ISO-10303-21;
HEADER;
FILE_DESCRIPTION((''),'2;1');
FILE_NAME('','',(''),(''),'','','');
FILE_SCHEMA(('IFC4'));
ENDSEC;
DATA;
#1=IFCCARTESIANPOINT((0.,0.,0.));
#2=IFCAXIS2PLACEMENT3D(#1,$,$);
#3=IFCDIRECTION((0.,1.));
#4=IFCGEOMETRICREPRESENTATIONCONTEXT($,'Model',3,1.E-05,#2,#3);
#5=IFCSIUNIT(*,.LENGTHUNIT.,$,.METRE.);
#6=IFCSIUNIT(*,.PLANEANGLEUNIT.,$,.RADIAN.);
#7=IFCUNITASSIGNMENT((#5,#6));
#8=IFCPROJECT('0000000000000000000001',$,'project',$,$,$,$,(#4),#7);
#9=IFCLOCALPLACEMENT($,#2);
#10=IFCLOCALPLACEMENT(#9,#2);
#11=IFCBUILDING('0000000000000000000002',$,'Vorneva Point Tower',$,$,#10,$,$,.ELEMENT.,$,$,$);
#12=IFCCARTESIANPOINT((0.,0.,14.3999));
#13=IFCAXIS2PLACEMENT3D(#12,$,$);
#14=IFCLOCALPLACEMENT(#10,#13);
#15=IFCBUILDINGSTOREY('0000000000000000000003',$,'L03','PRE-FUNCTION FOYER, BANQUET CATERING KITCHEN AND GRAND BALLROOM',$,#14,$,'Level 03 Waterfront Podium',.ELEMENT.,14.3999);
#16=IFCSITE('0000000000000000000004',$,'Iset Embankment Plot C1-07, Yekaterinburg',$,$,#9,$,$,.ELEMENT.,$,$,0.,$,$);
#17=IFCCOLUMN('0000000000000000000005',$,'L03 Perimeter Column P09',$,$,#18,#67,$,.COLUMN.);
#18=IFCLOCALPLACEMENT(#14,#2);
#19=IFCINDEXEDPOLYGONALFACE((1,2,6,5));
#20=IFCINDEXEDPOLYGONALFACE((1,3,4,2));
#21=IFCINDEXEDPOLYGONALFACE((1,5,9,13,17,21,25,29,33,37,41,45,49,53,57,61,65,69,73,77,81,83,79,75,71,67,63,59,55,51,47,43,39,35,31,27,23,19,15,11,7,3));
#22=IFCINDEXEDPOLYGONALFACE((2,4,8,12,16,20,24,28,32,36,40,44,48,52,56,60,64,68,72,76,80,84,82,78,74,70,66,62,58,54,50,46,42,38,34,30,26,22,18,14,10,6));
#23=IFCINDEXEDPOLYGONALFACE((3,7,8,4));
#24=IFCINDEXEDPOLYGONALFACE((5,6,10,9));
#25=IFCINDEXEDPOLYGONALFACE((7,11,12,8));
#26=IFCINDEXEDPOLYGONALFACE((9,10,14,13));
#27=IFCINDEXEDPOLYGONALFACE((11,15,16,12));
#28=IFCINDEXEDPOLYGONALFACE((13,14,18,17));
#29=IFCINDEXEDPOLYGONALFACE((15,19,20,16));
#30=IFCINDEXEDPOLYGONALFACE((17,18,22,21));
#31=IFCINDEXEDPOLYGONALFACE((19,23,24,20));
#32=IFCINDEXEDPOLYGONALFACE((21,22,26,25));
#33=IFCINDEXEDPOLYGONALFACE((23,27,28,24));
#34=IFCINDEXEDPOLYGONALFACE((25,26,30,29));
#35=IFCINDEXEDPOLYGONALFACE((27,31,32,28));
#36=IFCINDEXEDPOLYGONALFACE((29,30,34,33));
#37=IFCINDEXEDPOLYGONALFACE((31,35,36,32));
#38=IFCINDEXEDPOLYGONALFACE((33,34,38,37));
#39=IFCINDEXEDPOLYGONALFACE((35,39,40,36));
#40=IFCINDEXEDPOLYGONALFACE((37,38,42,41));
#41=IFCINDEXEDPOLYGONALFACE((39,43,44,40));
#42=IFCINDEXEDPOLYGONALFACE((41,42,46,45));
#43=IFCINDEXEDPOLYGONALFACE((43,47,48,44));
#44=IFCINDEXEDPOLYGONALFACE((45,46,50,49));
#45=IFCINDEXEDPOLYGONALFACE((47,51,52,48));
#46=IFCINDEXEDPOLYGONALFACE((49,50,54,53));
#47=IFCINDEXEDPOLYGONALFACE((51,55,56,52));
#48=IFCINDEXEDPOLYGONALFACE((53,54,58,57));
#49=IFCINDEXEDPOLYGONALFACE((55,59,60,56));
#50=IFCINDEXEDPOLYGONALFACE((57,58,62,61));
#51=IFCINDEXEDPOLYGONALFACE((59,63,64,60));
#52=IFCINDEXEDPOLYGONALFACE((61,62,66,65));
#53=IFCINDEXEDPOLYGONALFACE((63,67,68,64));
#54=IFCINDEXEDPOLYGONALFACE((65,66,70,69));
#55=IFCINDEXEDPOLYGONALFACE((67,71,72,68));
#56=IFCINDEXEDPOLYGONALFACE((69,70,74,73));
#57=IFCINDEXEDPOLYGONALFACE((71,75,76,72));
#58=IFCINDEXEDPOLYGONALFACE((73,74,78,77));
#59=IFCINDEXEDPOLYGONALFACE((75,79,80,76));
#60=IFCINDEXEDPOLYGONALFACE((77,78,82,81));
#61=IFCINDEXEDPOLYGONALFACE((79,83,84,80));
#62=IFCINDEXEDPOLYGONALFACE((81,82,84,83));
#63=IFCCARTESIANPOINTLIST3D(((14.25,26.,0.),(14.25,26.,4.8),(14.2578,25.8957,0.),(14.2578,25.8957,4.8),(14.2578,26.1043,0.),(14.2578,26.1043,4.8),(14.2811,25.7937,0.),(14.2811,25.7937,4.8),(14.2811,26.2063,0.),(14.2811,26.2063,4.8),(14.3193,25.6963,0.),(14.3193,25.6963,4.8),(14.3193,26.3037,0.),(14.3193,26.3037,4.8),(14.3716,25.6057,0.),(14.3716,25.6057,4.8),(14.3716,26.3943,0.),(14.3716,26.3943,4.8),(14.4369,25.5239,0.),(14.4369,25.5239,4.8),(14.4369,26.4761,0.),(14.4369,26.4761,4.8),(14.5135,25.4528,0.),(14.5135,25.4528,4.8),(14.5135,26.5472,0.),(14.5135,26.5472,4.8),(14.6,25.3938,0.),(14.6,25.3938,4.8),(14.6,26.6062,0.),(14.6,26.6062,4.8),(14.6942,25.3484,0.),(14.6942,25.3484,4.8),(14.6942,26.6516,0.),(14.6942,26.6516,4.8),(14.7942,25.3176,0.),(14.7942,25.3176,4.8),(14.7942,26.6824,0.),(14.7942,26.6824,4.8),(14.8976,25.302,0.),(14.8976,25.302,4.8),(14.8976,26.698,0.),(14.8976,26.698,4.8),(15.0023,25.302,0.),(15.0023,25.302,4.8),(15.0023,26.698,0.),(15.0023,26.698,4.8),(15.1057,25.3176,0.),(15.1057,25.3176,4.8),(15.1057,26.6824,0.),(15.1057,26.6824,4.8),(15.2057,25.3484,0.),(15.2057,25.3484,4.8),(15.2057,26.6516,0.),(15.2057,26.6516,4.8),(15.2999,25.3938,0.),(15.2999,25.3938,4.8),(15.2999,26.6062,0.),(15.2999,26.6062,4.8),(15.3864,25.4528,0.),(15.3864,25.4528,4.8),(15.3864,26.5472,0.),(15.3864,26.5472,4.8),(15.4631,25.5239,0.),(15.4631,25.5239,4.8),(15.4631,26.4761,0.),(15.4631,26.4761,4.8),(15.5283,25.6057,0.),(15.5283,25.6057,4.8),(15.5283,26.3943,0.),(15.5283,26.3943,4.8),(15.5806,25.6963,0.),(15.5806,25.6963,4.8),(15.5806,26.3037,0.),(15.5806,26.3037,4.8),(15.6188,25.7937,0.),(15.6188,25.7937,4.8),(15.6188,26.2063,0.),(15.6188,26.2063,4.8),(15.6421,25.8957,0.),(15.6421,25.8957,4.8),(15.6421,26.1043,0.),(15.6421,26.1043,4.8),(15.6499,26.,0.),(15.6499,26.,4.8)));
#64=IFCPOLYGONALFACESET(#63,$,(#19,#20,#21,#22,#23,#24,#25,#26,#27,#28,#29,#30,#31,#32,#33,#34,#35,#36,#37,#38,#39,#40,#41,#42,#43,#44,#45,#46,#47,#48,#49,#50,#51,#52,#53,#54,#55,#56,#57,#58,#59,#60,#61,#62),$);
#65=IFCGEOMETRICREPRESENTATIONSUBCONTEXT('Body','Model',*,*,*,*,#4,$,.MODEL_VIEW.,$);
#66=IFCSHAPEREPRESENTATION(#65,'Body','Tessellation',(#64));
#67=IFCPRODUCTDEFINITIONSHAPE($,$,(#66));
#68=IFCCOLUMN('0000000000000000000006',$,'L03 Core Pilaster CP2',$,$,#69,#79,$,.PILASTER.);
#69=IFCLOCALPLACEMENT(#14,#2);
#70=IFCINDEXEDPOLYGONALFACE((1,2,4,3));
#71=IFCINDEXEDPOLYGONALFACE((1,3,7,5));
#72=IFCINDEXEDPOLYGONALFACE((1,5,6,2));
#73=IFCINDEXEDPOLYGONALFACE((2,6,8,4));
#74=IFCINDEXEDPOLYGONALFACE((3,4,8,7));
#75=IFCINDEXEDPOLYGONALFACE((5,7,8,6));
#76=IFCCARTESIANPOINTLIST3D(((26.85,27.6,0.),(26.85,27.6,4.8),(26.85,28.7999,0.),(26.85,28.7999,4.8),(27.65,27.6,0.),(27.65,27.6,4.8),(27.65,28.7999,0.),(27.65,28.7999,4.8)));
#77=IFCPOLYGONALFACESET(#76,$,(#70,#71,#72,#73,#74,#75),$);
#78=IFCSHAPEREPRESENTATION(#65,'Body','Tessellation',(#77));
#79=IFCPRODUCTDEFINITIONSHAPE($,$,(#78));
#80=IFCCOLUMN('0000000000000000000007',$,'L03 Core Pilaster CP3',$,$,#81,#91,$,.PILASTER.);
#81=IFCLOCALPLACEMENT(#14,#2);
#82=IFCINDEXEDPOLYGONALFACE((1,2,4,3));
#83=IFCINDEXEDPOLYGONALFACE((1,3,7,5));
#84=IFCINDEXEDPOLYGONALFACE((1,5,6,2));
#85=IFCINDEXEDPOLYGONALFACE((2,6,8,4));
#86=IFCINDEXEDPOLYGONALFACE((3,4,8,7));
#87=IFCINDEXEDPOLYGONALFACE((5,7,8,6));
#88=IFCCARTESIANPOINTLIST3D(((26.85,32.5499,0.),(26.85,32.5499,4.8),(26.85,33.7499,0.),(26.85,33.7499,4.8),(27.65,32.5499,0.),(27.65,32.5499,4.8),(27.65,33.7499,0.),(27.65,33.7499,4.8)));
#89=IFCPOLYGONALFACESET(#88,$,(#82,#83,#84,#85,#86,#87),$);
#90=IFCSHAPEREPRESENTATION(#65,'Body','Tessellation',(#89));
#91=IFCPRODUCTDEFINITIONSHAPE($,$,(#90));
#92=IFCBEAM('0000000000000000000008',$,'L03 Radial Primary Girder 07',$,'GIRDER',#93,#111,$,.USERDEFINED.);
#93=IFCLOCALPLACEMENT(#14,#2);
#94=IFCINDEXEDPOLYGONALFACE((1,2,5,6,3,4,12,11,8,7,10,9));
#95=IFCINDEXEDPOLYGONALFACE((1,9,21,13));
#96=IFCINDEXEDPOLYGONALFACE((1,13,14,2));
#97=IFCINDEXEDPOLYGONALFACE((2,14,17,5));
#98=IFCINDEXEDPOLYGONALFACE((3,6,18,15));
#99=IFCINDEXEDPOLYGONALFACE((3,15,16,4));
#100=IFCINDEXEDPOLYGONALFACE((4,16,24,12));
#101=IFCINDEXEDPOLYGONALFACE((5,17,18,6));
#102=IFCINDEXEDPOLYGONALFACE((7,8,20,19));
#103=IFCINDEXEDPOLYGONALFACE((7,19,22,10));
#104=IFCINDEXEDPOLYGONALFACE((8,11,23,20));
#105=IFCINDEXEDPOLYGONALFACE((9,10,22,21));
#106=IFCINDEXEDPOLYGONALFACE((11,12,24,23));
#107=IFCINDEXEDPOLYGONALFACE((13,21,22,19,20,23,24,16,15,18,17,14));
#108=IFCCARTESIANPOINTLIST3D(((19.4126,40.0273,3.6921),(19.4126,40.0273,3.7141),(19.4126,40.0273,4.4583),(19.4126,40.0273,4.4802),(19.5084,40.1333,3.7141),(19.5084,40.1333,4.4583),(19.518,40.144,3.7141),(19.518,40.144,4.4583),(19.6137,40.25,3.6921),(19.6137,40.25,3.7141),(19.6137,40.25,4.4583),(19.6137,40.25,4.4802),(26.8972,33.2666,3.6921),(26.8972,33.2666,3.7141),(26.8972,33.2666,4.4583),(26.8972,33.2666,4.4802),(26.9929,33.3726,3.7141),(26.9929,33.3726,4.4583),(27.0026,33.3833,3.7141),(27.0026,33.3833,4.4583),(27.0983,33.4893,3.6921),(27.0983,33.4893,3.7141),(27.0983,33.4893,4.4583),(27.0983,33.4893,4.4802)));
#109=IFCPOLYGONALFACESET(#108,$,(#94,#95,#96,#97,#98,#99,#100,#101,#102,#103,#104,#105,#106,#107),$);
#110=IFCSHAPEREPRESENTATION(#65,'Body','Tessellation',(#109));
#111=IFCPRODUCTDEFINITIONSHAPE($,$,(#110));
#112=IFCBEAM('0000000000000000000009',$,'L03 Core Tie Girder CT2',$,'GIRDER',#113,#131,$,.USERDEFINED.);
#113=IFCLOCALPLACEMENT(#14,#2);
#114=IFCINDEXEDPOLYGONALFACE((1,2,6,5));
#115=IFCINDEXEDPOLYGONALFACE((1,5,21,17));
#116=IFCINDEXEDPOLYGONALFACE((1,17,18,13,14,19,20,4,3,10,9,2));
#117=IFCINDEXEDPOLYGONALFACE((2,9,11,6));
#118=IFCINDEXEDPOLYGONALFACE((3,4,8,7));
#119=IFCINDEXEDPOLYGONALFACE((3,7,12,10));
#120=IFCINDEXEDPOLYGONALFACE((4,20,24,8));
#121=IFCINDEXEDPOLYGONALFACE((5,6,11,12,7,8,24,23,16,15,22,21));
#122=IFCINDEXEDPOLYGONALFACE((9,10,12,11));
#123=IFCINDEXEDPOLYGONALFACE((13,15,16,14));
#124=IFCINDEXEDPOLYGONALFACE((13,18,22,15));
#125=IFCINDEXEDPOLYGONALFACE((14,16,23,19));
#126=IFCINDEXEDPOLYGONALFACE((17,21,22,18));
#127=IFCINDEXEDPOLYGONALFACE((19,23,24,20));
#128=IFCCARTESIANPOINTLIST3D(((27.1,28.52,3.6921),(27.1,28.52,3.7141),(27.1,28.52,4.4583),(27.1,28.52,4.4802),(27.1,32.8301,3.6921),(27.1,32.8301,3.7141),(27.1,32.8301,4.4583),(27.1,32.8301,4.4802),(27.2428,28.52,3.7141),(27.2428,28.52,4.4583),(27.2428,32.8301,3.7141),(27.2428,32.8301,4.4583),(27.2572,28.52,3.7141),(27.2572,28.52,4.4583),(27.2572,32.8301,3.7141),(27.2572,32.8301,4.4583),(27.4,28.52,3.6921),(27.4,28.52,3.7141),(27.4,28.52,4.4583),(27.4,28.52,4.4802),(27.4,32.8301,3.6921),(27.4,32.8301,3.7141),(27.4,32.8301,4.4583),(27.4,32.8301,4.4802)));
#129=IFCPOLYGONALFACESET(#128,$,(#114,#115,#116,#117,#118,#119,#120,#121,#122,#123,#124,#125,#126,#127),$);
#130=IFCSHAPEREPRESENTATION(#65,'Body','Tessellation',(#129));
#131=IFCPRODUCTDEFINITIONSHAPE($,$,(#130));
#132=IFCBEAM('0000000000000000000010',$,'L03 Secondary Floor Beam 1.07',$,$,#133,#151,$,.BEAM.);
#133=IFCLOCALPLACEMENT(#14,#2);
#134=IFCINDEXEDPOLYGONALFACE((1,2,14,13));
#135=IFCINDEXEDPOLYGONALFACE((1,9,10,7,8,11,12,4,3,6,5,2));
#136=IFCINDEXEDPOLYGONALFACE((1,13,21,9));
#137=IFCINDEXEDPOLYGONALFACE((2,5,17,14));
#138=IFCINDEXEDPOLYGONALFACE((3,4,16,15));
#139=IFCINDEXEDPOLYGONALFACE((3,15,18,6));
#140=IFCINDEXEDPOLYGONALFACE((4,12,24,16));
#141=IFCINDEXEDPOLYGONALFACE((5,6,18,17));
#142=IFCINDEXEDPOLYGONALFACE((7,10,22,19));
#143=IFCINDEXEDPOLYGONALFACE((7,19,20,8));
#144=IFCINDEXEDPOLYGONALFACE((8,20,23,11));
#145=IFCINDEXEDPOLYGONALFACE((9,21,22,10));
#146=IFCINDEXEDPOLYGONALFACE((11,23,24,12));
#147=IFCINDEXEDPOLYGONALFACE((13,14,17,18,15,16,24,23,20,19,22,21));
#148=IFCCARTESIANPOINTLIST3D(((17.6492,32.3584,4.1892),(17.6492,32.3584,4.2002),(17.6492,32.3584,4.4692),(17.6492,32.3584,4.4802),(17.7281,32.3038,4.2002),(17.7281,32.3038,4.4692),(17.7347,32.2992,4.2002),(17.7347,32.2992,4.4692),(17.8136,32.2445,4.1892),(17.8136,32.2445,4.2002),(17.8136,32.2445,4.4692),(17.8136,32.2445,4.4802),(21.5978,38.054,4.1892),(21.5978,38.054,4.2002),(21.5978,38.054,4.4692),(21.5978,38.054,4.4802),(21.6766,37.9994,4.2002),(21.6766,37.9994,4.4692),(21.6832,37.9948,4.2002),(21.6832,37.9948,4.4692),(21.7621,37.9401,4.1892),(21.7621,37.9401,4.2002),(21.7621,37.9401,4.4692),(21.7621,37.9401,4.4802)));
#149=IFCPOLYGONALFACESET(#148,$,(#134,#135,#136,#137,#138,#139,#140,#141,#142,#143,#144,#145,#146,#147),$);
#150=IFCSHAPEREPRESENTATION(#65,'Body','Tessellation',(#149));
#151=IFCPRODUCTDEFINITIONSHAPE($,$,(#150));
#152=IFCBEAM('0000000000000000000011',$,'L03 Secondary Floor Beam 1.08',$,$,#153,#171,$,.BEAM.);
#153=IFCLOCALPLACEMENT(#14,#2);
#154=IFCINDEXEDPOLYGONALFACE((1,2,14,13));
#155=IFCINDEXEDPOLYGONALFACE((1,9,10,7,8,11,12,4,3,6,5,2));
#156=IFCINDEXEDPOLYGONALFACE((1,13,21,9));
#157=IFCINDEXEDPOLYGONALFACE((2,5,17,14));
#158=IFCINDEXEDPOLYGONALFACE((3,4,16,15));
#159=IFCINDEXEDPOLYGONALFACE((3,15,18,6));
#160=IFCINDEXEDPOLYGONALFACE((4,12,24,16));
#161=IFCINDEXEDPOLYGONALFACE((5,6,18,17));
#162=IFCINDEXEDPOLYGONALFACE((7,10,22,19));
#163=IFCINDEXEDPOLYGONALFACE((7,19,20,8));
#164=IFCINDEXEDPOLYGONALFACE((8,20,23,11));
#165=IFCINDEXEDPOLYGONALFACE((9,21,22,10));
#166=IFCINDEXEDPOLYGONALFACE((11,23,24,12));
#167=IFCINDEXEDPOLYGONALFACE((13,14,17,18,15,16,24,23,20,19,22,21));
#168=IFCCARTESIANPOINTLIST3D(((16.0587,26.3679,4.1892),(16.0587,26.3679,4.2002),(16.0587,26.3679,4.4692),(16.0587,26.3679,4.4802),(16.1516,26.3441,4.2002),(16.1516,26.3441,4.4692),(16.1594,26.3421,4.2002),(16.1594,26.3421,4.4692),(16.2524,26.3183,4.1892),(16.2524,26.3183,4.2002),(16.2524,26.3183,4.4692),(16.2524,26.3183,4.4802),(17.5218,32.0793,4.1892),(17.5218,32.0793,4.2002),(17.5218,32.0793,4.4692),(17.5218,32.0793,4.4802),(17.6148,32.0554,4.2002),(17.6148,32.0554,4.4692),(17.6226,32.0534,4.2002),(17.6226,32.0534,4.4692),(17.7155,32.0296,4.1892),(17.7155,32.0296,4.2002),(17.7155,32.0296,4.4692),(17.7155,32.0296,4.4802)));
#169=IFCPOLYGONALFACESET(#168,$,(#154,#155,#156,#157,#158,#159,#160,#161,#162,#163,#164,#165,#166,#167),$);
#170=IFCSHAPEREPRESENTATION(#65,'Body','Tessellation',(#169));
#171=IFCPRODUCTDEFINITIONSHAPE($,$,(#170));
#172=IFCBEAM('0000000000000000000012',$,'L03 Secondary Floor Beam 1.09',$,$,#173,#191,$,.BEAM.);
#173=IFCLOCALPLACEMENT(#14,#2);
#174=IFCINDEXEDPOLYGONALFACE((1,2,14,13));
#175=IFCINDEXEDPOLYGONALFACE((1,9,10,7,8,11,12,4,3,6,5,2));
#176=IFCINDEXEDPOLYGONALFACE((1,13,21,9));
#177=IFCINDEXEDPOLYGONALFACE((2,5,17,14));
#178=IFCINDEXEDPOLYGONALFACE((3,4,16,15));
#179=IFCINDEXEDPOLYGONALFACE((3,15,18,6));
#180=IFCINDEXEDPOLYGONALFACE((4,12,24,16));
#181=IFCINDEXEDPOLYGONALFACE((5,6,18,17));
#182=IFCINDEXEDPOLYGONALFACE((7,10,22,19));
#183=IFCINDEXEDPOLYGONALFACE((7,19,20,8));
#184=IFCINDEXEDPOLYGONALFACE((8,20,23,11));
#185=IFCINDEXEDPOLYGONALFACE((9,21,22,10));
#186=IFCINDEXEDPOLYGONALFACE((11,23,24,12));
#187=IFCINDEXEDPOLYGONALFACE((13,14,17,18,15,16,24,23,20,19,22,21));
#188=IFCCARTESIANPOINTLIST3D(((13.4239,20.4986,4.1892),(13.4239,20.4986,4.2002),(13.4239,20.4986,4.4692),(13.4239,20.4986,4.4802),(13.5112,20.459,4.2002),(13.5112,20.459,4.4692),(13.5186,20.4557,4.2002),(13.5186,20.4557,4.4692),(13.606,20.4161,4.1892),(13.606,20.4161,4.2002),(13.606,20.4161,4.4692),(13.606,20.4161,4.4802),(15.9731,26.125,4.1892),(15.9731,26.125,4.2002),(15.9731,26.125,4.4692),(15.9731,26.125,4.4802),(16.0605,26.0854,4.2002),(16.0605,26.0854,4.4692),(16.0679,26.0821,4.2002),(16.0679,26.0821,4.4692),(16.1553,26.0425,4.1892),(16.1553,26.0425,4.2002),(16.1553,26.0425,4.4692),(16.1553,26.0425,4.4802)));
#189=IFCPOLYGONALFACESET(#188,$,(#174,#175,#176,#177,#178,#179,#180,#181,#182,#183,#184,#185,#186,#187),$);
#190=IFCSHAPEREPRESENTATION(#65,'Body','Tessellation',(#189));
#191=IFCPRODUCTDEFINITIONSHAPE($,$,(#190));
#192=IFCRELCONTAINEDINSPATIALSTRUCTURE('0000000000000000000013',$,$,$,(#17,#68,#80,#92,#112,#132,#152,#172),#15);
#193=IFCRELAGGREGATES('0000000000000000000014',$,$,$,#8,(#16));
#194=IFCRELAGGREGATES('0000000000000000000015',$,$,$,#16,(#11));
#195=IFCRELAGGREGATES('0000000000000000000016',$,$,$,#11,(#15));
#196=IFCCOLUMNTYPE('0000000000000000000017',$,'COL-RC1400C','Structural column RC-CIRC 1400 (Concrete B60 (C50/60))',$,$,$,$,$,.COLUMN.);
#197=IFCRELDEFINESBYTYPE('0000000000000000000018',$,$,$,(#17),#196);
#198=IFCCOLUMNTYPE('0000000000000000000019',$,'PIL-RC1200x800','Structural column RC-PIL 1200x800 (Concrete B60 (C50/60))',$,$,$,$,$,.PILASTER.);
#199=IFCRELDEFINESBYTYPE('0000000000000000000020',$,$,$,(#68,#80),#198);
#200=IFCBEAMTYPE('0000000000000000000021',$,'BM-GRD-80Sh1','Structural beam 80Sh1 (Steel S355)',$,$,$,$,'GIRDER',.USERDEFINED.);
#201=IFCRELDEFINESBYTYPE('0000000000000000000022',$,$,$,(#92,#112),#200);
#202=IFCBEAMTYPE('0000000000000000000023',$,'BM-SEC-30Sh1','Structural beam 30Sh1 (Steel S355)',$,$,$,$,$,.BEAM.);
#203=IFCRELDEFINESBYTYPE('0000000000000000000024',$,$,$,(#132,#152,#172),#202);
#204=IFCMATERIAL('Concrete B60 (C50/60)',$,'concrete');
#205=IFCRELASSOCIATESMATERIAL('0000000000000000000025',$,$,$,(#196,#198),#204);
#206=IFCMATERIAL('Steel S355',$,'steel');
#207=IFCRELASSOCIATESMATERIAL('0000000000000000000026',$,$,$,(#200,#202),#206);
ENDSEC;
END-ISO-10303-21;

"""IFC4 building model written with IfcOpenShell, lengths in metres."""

from ifc_helpers import new_model, si_unit, direction, frame, origin, origin_2d, place, context, subcontext, project, spatial, rectangle, circle, i_section, extrude, material, material_profile, profile_set, type_object, element, save


model = new_model("IFC4")

# Units and contexts
model_context = context("Model", 3, precision=1e-05, world=origin(), true_north=direction((0.0, 1.0)))
body_context = subcontext(model_context, "Body", "Model", "MODEL_VIEW")
ifc_project = project(units=[si_unit("LENGTHUNIT", "METRE"), si_unit("PLANEANGLEUNIT", "RADIAN")], contexts=[model_context])

# Site, building, storey
site_placement = place(None, origin())
site = spatial("IfcSite", under=ifc_project, at=site_placement, Name="Iset Embankment Plot C1-07, Yekaterinburg", CompositionType="ELEMENT", RefElevation=0.0)
building_placement = place(site_placement, origin())
building = spatial("IfcBuilding", under=site, at=building_placement, Name="Vorneva Point Tower", CompositionType="ELEMENT")
storey_placement = place(building_placement, frame((0.0, 0.0, 14.3999)))
storey = spatial("IfcBuildingStorey", under=building, at=storey_placement, Name="L03", Description="PRE-FUNCTION FOYER, BANQUET CATERING KITCHEN AND GRAND BALLROOM", LongName="Level 03 Waterfront Podium", CompositionType="ELEMENT", Elevation=14.3999)

# Columns
ifc_material_1 = material(Name="Concrete B60 (C50/60)", Category="concrete")
ifc_material_profile_1 = material_profile(ifc_material_1, circle(Radius=0.7, at=origin_2d()), Name="RC-CIRC 1400")
ifc_profile_set_1 = profile_set([ifc_material_profile_1], Name="Concrete B60 (C50/60)")
column_type_1 = type_object("IfcColumnType", Name="COL-RC1400C", Description="Structural column RC-CIRC 1400 (Concrete B60 (C50/60))", PredefinedType="COLUMN", material=ifc_profile_set_1)
for number, where, z_axis, x_axis, name in (
    (1, (14.95, 26.0, 0.0), (0.0, 0.0, 1.0), (-1.0, 0.0, 0.0), "L03 Perimeter Column P09"),
):
    element("IfcColumn", number, at=place(storey_placement, frame(where, z_axis=z_axis, x_axis=x_axis)), inside=storey, type_object=column_type_1, Name=name, PredefinedType="COLUMN", context=body_context, shape_type="SweptSolid", body=[
        extrude(circle(Radius=0.7, at=origin_2d()), origin(), (0.0, 0.0, 1.0), 4.8),
    ])
ifc_material_profile_2 = material_profile(ifc_material_1, rectangle(XDim=0.8, YDim=1.2, at=origin_2d()), Name="RC-PIL 1200x800")
ifc_profile_set_2 = profile_set([ifc_material_profile_2], Name="Concrete B60 (C50/60)")
column_type_2 = type_object("IfcColumnType", Name="PIL-RC1200x800", Description="Structural column RC-PIL 1200x800 (Concrete B60 (C50/60))", PredefinedType="PILASTER", material=ifc_profile_set_2)
for number, where, z_axis, x_axis, name in (
    (2, (27.25, 28.2, 0.0), (0.0, 0.0, 1.0), (1.0, 0.0, 0.0), "L03 Core Pilaster CP2"),
    (3, (27.25, 33.1499, 0.0), (0.0, 0.0, 1.0), (1.0, 0.0, 0.0), "L03 Core Pilaster CP3"),
):
    element("IfcColumn", number, at=place(storey_placement, frame(where, z_axis=z_axis, x_axis=x_axis)), inside=storey, type_object=column_type_2, Name=name, PredefinedType="PILASTER", context=body_context, shape_type="SweptSolid", body=[
        extrude(rectangle(XDim=0.8, YDim=1.2, at=origin_2d()), origin(), (0.0, 0.0, 1.0), 4.8),
    ])

# Beams
ifc_material_2 = material(Name="Steel S355", Category="steel")
ifc_material_profile_3 = material_profile(ifc_material_2, i_section(OverallWidth=0.3, OverallDepth=0.7881, WebThickness=0.0144, FlangeThickness=0.022, at=origin_2d()), Name="80Sh1")
ifc_profile_set_3 = profile_set([ifc_material_profile_3], Name="Steel S355")
beam_type_1 = type_object("IfcBeamType", Name="BM-GRD-80Sh1", Description="Structural beam 80Sh1 (Steel S355)", ElementType="GIRDER", PredefinedType="USERDEFINED", material=ifc_profile_set_3)
beam_1_placement = place(storey_placement, frame((19.5132, 40.1387, 4.0862), z_axis=(0.742081, -0.67031, 0.0), x_axis=(0.67031, 0.742081, 0.0)))
element("IfcBeam", 4, at=beam_1_placement, inside=storey, type_object=beam_type_1, Name="L03 Radial Primary Girder 07", ObjectType="GIRDER", PredefinedType="USERDEFINED", context=body_context, shape_type="SweptSolid", body=[
    extrude(i_section(OverallWidth=0.3, OverallDepth=0.7881, WebThickness=0.0144, FlangeThickness=0.022, at=origin_2d()), origin(), (0.0, 0.0, 1.0), 10.0859),
])
beam_2_placement = place(storey_placement, frame((27.25, 28.52, 4.0862), z_axis=(0.0, 1.0, 0.0), x_axis=(-1.0, 0.0, 0.0)))
element("IfcBeam", 5, at=beam_2_placement, inside=storey, type_object=beam_type_1, Name="L03 Core Tie Girder CT2", ObjectType="GIRDER", PredefinedType="USERDEFINED", context=body_context, shape_type="SweptSolid", body=[
    extrude(i_section(OverallWidth=0.3, OverallDepth=0.7881, WebThickness=0.0144, FlangeThickness=0.022, at=origin_2d()), origin(), (0.0, 0.0, 1.0), 4.3101),
])
ifc_material_profile_4 = material_profile(ifc_material_2, i_section(OverallWidth=0.2, OverallDepth=0.291, WebThickness=0.0081, FlangeThickness=0.011, at=origin_2d()), Name="30Sh1")
ifc_profile_set_4 = profile_set([ifc_material_profile_4], Name="Steel S355")
beam_type_2 = type_object("IfcBeamType", Name="BM-SEC-30Sh1", Description="Structural beam 30Sh1 (Steel S355)", PredefinedType="BEAM", material=ifc_profile_set_4)
beam_3_placement = place(storey_placement, frame((21.6799, 37.9971, 4.3347), z_axis=(-0.569737, -0.821827, 0.0), x_axis=(0.821827, -0.569737, 0.0)))
element("IfcBeam", 6, at=beam_3_placement, inside=storey, type_object=beam_type_2, Name="L03 Secondary Floor Beam 1.07", PredefinedType="BEAM", context=body_context, shape_type="SweptSolid", body=[
    extrude(i_section(OverallWidth=0.2, OverallDepth=0.291, WebThickness=0.0081, FlangeThickness=0.011, at=origin_2d()), origin(), (0.0, 0.0, 1.0), 6.9304),
])
beam_4_placement = place(storey_placement, frame((17.6187, 32.0544, 4.3347), z_axis=(-0.248163, -0.968718, 0.0), x_axis=(0.968718, -0.248163, 0.0)))
element("IfcBeam", 7, at=beam_4_placement, inside=storey, type_object=beam_type_2, Name="L03 Secondary Floor Beam 1.08", PredefinedType="BEAM", context=body_context, shape_type="SweptSolid", body=[
    extrude(i_section(OverallWidth=0.2, OverallDepth=0.291, WebThickness=0.0081, FlangeThickness=0.011, at=origin_2d()), origin(), (0.0, 0.0, 1.0), 5.8958),
])
beam_5_placement = place(storey_placement, frame((16.0642, 26.0837, 4.3347), z_axis=(-0.412707, -0.910864, 0.0), x_axis=(0.910864, -0.412707, 0.0)))
element("IfcBeam", 8, at=beam_5_placement, inside=storey, type_object=beam_type_2, Name="L03 Secondary Floor Beam 1.09", PredefinedType="BEAM", context=body_context, shape_type="SweptSolid", body=[
    extrude(i_section(OverallWidth=0.2, OverallDepth=0.291, WebThickness=0.0081, FlangeThickness=0.011, at=origin_2d()), origin(), (0.0, 0.0, 1.0), 6.177),
])

save(model, "model.ifc")
